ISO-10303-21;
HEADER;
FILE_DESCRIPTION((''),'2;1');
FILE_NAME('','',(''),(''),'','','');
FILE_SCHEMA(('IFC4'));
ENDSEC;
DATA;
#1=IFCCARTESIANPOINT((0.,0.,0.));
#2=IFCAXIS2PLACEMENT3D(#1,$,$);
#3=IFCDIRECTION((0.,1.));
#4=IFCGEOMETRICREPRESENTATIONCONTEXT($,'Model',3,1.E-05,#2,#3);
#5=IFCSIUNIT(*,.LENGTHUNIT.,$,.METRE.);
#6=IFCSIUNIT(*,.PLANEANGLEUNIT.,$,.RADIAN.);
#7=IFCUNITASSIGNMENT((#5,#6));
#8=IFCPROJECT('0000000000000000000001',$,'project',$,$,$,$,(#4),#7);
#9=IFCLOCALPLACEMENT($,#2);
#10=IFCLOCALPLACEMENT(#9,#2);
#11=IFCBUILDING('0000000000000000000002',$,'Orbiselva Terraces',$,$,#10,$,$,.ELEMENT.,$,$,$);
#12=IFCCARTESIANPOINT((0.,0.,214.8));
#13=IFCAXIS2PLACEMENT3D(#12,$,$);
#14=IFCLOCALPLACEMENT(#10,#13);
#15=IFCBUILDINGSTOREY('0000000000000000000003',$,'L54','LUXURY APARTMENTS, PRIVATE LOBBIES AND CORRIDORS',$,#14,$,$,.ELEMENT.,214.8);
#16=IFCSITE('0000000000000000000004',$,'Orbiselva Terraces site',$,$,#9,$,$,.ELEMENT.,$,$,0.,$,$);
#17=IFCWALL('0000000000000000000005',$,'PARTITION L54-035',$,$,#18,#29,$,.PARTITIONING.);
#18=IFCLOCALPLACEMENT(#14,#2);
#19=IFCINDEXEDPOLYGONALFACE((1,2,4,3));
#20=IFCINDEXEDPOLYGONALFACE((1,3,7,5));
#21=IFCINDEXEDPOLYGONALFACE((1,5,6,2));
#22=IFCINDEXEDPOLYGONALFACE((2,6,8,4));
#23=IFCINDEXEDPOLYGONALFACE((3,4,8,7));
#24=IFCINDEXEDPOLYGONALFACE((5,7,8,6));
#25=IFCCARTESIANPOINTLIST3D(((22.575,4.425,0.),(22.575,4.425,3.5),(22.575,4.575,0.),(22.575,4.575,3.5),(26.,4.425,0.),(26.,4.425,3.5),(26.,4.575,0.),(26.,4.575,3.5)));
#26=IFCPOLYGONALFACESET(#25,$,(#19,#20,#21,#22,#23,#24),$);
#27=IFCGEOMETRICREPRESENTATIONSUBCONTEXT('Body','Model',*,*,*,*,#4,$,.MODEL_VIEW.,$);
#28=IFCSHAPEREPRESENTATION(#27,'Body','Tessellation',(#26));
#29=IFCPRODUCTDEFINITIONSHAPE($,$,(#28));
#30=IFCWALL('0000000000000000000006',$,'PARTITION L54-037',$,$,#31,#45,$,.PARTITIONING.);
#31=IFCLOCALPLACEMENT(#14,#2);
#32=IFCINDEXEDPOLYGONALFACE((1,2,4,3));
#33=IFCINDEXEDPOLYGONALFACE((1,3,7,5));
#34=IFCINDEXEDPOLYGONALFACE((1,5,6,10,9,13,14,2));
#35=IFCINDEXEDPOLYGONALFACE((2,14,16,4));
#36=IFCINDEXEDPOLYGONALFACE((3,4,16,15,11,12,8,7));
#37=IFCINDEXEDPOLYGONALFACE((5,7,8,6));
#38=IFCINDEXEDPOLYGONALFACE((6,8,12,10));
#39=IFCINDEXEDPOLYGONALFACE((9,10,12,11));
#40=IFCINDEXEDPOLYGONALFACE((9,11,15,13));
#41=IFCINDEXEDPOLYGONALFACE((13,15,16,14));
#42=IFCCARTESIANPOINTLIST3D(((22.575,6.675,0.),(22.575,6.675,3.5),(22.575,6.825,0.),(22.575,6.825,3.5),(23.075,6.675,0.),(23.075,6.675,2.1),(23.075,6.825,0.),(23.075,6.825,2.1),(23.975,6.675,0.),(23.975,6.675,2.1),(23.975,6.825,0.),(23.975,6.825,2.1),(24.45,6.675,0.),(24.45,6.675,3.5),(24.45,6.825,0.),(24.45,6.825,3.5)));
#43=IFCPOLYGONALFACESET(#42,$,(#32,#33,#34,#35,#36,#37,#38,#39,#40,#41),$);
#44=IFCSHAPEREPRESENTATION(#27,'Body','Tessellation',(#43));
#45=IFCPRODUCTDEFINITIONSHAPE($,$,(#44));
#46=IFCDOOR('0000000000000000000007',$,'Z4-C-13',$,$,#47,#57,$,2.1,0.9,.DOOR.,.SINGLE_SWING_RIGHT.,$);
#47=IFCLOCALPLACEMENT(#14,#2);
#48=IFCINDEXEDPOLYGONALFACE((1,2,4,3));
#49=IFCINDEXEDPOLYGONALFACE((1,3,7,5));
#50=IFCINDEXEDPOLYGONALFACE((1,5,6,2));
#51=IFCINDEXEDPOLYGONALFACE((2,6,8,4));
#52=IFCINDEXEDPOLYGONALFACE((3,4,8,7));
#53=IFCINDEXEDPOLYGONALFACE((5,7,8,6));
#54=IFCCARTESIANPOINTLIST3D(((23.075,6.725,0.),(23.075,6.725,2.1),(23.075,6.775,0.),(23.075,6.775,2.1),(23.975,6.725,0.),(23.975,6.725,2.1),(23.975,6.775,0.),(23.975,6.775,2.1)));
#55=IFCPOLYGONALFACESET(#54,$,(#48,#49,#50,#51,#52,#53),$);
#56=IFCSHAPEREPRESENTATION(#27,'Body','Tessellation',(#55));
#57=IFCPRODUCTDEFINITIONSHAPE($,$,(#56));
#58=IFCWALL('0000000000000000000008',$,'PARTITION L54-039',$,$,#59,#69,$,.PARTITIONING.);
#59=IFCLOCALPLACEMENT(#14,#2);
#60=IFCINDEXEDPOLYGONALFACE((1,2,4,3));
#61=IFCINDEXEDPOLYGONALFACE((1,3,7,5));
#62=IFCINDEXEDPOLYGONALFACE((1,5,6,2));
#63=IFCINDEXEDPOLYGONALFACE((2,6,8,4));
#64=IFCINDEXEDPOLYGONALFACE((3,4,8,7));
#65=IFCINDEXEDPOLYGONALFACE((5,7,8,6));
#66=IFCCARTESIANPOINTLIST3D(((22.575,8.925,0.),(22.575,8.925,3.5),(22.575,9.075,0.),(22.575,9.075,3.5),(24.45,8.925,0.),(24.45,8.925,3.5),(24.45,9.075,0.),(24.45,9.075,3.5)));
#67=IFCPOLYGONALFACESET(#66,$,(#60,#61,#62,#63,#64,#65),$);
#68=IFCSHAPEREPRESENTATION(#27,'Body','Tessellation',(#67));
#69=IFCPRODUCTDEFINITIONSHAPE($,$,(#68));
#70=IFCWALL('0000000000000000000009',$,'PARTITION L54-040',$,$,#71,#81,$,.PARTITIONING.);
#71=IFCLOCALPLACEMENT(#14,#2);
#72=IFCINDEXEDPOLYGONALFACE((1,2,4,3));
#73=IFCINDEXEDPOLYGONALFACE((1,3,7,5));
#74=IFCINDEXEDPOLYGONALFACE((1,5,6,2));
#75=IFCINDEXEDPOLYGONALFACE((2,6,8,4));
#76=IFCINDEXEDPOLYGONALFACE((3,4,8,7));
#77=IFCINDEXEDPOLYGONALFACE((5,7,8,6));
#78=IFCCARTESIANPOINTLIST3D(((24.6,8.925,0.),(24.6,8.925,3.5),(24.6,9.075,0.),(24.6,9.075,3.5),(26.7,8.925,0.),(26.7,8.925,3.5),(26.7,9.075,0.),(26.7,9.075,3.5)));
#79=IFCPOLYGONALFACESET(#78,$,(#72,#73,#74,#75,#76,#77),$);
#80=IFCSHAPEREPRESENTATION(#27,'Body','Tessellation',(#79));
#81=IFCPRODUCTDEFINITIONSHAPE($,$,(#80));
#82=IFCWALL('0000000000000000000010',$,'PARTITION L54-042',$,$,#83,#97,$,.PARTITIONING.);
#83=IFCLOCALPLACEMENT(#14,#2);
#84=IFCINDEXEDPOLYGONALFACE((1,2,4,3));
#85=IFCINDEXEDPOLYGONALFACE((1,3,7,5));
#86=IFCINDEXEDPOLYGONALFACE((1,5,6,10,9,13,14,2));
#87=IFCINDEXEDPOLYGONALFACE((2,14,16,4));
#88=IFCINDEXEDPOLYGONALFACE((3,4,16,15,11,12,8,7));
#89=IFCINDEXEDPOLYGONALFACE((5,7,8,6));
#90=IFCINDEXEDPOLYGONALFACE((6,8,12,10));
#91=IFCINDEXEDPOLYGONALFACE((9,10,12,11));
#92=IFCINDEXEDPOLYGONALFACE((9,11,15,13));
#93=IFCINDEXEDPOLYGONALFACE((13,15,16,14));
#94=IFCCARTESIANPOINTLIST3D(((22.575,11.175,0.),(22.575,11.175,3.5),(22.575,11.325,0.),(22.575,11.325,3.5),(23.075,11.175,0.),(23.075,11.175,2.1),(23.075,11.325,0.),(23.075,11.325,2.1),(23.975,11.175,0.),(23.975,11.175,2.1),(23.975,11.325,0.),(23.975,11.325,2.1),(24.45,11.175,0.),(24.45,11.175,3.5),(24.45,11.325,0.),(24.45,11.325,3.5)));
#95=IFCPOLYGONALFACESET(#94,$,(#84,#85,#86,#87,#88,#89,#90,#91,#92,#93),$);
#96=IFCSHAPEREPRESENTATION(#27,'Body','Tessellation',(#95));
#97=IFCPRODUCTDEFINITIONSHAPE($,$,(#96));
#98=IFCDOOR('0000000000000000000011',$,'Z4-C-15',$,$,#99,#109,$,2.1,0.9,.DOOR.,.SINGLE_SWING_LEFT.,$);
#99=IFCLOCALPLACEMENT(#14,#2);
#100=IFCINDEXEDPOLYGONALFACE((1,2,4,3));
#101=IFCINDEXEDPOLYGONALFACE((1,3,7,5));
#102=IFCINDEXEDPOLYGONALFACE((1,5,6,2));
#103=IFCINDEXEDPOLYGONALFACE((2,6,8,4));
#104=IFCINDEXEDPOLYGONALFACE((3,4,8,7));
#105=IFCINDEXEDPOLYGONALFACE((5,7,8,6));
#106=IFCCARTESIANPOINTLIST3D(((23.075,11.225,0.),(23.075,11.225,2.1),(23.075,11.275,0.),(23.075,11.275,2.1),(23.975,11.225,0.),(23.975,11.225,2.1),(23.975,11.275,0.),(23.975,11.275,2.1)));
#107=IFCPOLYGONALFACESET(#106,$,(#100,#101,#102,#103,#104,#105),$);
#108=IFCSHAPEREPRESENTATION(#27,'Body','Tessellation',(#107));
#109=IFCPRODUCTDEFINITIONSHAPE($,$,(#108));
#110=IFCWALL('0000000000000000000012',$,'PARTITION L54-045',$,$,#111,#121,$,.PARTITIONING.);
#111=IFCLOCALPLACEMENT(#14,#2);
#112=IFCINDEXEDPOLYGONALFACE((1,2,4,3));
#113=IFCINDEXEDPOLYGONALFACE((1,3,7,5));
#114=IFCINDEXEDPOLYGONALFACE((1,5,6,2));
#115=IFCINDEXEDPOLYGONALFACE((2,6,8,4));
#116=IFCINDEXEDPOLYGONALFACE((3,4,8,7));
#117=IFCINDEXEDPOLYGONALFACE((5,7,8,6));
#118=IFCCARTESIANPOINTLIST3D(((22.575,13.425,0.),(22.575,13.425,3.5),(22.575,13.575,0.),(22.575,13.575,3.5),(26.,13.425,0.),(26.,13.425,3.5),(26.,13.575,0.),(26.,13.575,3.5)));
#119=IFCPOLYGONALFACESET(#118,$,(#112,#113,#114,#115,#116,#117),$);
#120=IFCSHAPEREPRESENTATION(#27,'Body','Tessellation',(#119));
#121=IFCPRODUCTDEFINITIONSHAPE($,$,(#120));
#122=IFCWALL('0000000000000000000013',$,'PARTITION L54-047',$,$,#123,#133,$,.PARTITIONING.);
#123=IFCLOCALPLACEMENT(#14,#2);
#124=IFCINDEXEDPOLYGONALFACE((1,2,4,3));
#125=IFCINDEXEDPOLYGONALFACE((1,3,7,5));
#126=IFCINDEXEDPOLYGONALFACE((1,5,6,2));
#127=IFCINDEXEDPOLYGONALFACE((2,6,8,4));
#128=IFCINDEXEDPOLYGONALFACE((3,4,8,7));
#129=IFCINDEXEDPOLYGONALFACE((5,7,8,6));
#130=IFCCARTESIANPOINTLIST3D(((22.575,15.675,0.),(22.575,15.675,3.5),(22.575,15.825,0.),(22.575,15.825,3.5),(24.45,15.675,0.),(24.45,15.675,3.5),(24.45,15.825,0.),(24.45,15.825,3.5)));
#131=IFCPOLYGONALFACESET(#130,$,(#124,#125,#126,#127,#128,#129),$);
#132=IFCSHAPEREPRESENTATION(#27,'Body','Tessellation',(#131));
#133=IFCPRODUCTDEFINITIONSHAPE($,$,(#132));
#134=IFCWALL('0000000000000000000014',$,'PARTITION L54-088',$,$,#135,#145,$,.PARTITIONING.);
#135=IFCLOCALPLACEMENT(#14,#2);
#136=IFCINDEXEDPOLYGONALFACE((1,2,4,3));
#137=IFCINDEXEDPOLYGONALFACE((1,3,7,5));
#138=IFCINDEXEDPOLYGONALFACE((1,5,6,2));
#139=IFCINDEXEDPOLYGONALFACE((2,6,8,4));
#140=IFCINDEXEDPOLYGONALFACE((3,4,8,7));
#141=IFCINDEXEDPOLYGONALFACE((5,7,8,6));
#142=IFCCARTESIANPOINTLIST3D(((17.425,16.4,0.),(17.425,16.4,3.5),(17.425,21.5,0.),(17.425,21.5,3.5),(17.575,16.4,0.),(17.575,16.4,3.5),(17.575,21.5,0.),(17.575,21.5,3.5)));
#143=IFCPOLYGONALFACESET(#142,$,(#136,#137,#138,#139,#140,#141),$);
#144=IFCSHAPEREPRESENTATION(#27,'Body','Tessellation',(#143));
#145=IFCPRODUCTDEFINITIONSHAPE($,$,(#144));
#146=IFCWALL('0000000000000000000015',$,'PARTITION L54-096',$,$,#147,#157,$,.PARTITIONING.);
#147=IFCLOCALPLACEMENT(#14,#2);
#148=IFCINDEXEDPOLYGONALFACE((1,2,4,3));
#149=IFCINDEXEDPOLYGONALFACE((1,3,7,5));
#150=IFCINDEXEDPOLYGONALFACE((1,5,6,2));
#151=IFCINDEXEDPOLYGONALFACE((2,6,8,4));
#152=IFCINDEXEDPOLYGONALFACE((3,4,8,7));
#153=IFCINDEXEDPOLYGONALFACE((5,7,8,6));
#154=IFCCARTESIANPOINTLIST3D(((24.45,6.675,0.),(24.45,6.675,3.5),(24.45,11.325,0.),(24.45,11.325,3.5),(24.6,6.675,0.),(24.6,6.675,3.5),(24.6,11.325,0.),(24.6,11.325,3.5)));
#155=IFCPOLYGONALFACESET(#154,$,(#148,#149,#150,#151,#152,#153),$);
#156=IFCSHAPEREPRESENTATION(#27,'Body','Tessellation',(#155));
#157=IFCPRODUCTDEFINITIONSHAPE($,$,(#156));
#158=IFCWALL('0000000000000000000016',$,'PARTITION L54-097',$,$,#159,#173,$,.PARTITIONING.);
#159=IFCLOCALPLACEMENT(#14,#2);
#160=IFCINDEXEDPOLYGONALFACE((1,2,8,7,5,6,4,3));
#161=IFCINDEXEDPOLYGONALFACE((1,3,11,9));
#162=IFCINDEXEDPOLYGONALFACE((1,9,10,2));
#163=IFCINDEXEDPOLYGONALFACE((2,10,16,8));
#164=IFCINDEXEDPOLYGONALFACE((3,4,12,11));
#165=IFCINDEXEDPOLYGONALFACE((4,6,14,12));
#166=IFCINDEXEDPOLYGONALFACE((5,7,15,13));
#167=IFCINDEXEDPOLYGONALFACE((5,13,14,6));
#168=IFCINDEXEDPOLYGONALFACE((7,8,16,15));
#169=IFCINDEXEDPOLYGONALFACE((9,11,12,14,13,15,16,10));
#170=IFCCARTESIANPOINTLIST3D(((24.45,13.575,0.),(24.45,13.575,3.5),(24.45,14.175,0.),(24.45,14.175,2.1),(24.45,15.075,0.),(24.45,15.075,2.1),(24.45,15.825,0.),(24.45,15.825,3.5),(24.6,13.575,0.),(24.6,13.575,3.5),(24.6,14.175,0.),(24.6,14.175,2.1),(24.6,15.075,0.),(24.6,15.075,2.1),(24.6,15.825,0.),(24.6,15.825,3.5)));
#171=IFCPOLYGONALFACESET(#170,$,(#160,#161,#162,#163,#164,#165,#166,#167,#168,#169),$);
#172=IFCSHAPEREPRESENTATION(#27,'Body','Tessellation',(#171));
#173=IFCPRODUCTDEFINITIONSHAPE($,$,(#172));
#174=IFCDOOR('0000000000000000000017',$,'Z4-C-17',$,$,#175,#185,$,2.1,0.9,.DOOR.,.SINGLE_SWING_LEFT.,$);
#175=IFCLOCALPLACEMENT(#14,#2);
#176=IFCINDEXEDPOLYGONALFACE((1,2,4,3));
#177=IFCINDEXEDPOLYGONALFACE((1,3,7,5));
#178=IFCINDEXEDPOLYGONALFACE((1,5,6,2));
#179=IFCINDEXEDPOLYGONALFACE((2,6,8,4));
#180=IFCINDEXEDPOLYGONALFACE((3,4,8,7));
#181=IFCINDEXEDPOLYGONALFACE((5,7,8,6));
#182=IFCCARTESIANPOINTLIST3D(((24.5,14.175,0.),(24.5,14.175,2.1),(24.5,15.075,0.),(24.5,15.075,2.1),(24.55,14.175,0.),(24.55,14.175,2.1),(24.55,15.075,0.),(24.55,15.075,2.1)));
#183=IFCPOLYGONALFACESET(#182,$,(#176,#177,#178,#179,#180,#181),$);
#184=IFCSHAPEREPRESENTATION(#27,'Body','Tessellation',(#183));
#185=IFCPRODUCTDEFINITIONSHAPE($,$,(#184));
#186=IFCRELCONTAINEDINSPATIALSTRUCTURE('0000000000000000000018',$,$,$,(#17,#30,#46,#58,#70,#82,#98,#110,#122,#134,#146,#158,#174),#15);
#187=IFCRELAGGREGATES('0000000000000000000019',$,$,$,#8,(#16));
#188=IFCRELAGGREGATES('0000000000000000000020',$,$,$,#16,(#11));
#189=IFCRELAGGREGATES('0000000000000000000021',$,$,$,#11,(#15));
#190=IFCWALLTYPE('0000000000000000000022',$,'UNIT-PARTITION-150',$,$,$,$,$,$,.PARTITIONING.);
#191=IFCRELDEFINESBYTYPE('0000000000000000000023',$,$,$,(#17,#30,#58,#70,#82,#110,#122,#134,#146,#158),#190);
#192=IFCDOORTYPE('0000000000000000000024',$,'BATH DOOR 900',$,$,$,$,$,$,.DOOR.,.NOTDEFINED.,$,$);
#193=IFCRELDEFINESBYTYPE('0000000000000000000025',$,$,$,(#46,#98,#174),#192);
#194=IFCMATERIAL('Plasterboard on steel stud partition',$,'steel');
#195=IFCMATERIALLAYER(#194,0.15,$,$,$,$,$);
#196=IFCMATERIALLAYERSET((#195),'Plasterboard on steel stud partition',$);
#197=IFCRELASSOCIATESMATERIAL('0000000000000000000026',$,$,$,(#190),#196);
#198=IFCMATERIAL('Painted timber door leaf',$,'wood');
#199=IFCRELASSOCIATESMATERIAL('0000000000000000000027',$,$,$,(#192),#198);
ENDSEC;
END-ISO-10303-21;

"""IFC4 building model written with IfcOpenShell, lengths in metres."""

from ifc_helpers import new_model, si_unit, direction, frame, frame_2d, origin, place, context, subcontext, project, spatial, rectangle, extrude, material, layer, layer_set, type_object, element, fill, save


model = new_model("IFC4")

# Units and contexts
model_context = context("Model", 3, precision=1e-05, world=origin(), true_north=direction((0.0, 1.0)))
body_context = subcontext(model_context, "Body", "Model", "MODEL_VIEW")
ifc_project = project(units=[si_unit("LENGTHUNIT", "METRE"), si_unit("PLANEANGLEUNIT", "RADIAN")], contexts=[model_context])

# Site, building, storey
site_placement = place(None, origin())
site = spatial("IfcSite", under=ifc_project, at=site_placement, Name="Orbiselva Terraces site", CompositionType="ELEMENT", RefElevation=0.0)
building_placement = place(site_placement, origin())
building = spatial("IfcBuilding", under=site, at=building_placement, Name="Orbiselva Terraces", CompositionType="ELEMENT")
storey_placement = place(building_placement, frame((0.0, 0.0, 214.8)))
storey = spatial("IfcBuildingStorey", under=building, at=storey_placement, Name="L54", Description="LUXURY APARTMENTS, PRIVATE LOBBIES AND CORRIDORS", CompositionType="ELEMENT", Elevation=214.8)

# Wall
ifc_material_1 = material(Name="Plasterboard on steel stud partition", Category="steel")
ifc_layer_1 = layer(ifc_material_1, 0.15)
ifc_layer_set_1 = layer_set([ifc_layer_1], Name="Plasterboard on steel stud partition")
wall_type_1 = type_object("IfcWallType", Name="UNIT-PARTITION-150", PredefinedType="PARTITIONING", material=ifc_layer_set_1)
wall_1_placement = place(storey_placement, frame((22.575, 4.5, 0.0), z_axis=(0.0, 0.0, 1.0), x_axis=(1.0, 0.0, 0.0)))
element("IfcWall", 1, at=wall_1_placement, inside=storey, type_object=wall_type_1, Name="PARTITION L54-035", PredefinedType="PARTITIONING", context=body_context, shape_type="SweptSolid", body=[
    extrude(rectangle(XDim=3.425, YDim=0.15, at=frame_2d((1.7125, 0.0))), origin(), (0.0, 0.0, 1.0), 3.5),
])

# Wall, opening, door
wall_2_placement = place(storey_placement, frame((22.575, 6.75, 0.0), z_axis=(0.0, 0.0, 1.0), x_axis=(1.0, 0.0, 0.0)))
wall_2 = element("IfcWall", 2, at=wall_2_placement, inside=storey, type_object=wall_type_1, Name="PARTITION L54-037", PredefinedType="PARTITIONING", context=body_context, shape_type="SweptSolid", body=[
    extrude(rectangle(XDim=1.875, YDim=0.15, at=frame_2d((0.9375, 0.0))), origin(), (0.0, 0.0, 1.0), 3.5),
])
opening_1_placement = place(wall_2_placement, frame((0.5, 0.0, 0.0)))
opening_1 = element("IfcOpeningElement", 3, at=opening_1_placement, cuts=wall_2, PredefinedType="OPENING", context=body_context, shape_type="SweptSolid", body=[
    extrude(rectangle(XDim=0.9, YDim=2.1, at=frame_2d((0.45, 1.05))), frame((0.0, 0.085, 0.0), z_axis=(0.0, -1.0, 0.0), x_axis=(1.0, 0.0, 0.0)), (0.0, 0.0, 1.0), 0.17),
])
ifc_material_2 = material(Name="Painted timber door leaf", Category="wood")
door_type_1 = type_object("IfcDoorType", Name="BATH DOOR 900", OperationType="NOTDEFINED", PredefinedType="DOOR", material=ifc_material_2)
door_1_placement = place(opening_1_placement, origin())
door_1 = element("IfcDoor", 4, at=door_1_placement, inside=storey, type_object=door_type_1, Name="Z4-C-13", OperationType="SINGLE_SWING_RIGHT", OverallHeight=2.1, OverallWidth=0.9, PredefinedType="DOOR", context=body_context, shape_type="SweptSolid", body=[
    extrude(rectangle(XDim=0.9, YDim=2.1, at=frame_2d((0.45, 1.05))), frame((0.0, 0.025, 0.0), z_axis=(0.0, -1.0, 0.0), x_axis=(1.0, 0.0, 0.0)), (0.0, 0.0, 1.0), 0.05),
])
fill(opening_1, door_1)

# Walls
wall_3_placement = place(storey_placement, frame((22.575, 9.0, 0.0), z_axis=(0.0, 0.0, 1.0), x_axis=(1.0, 0.0, 0.0)))
element("IfcWall", 5, at=wall_3_placement, inside=storey, type_object=wall_type_1, Name="PARTITION L54-039", PredefinedType="PARTITIONING", context=body_context, shape_type="SweptSolid", body=[
    extrude(rectangle(XDim=1.875, YDim=0.15, at=frame_2d((0.9375, 0.0))), origin(), (0.0, 0.0, 1.0), 3.5),
])
wall_4_placement = place(storey_placement, frame((24.6, 9.0, 0.0), z_axis=(0.0, 0.0, 1.0), x_axis=(1.0, 0.0, 0.0)))
element("IfcWall", 6, at=wall_4_placement, inside=storey, type_object=wall_type_1, Name="PARTITION L54-040", PredefinedType="PARTITIONING", context=body_context, shape_type="SweptSolid", body=[
    extrude(rectangle(XDim=2.1, YDim=0.15, at=frame_2d((1.05, 0.0))), origin(), (0.0, 0.0, 1.0), 3.5),
])

# Wall, opening, door
wall_5_placement = place(storey_placement, frame((24.45, 11.25, 0.0), z_axis=(0.0, 0.0, 1.0), x_axis=(-1.0, 0.0, 0.0)))
wall_5 = element("IfcWall", 7, at=wall_5_placement, inside=storey, type_object=wall_type_1, Name="PARTITION L54-042", PredefinedType="PARTITIONING", context=body_context, shape_type="SweptSolid", body=[
    extrude(rectangle(XDim=1.875, YDim=0.15, at=frame_2d((0.9375, 0.0))), origin(), (0.0, 0.0, 1.0), 3.5),
])
opening_2_placement = place(wall_5_placement, frame((0.475, 0.0, 0.0)))
opening_2 = element("IfcOpeningElement", 8, at=opening_2_placement, cuts=wall_5, PredefinedType="OPENING", context=body_context, shape_type="SweptSolid", body=[
    extrude(rectangle(XDim=0.9, YDim=2.1, at=frame_2d((0.45, 1.05))), frame((0.0, 0.085, 0.0), z_axis=(0.0, -1.0, 0.0), x_axis=(1.0, 0.0, 0.0)), (0.0, 0.0, 1.0), 0.17),
])
door_2_placement = place(opening_2_placement, origin())
door_2 = element("IfcDoor", 9, at=door_2_placement, inside=storey, type_object=door_type_1, Name="Z4-C-15", OperationType="SINGLE_SWING_LEFT", OverallHeight=2.1, OverallWidth=0.9, PredefinedType="DOOR", context=body_context, shape_type="SweptSolid", body=[
    extrude(rectangle(XDim=0.9, YDim=2.1, at=frame_2d((0.45, 1.05))), frame((0.0, 0.025, 0.0), z_axis=(0.0, -1.0, 0.0), x_axis=(1.0, 0.0, 0.0)), (0.0, 0.0, 1.0), 0.05),
])
fill(opening_2, door_2)

# Walls
wall_6_placement = place(storey_placement, frame((22.575, 13.5, 0.0), z_axis=(0.0, 0.0, 1.0), x_axis=(1.0, 0.0, 0.0)))
element("IfcWall", 10, at=wall_6_placement, inside=storey, type_object=wall_type_1, Name="PARTITION L54-045", PredefinedType="PARTITIONING", context=body_context, shape_type="SweptSolid", body=[
    extrude(rectangle(XDim=3.425, YDim=0.15, at=frame_2d((1.7125, 0.0))), origin(), (0.0, 0.0, 1.0), 3.5),
])
wall_7_placement = place(storey_placement, frame((22.575, 15.75, 0.0), z_axis=(0.0, 0.0, 1.0), x_axis=(1.0, 0.0, 0.0)))
element("IfcWall", 11, at=wall_7_placement, inside=storey, type_object=wall_type_1, Name="PARTITION L54-047", PredefinedType="PARTITIONING", context=body_context, shape_type="SweptSolid", body=[
    extrude(rectangle(XDim=1.875, YDim=0.15, at=frame_2d((0.9375, 0.0))), origin(), (0.0, 0.0, 1.0), 3.5),
])
wall_8_placement = place(storey_placement, frame((17.5, 16.4, 0.0), z_axis=(0.0, 0.0, 1.0), x_axis=(0.0, 1.0, 0.0)))
element("IfcWall", 12, at=wall_8_placement, inside=storey, type_object=wall_type_1, Name="PARTITION L54-088", PredefinedType="PARTITIONING", context=body_context, shape_type="SweptSolid", body=[
    extrude(rectangle(XDim=5.1, YDim=0.15, at=frame_2d((2.55, 0.0))), origin(), (0.0, 0.0, 1.0), 3.5),
])
wall_9_placement = place(storey_placement, frame((24.525, 6.675, 0.0), z_axis=(0.0, 0.0, 1.0), x_axis=(0.0, 1.0, 0.0)))
element("IfcWall", 13, at=wall_9_placement, inside=storey, type_object=wall_type_1, Name="PARTITION L54-096", PredefinedType="PARTITIONING", context=body_context, shape_type="SweptSolid", body=[
    extrude(rectangle(XDim=4.65, YDim=0.15, at=frame_2d((2.325, 0.0))), origin(), (0.0, 0.0, 1.0), 3.5),
])

# Wall, opening, door
wall_10_placement = place(storey_placement, frame((24.525, 13.575, 0.0), z_axis=(0.0, 0.0, 1.0), x_axis=(0.0, 1.0, 0.0)))
wall_10 = element("IfcWall", 14, at=wall_10_placement, inside=storey, type_object=wall_type_1, Name="PARTITION L54-097", PredefinedType="PARTITIONING", context=body_context, shape_type="SweptSolid", body=[
    extrude(rectangle(XDim=2.25, YDim=0.15, at=frame_2d((1.125, 0.0))), origin(), (0.0, 0.0, 1.0), 3.5),
])
opening_3_placement = place(wall_10_placement, frame((0.6, 0.0, 0.0)))
opening_3 = element("IfcOpeningElement", 15, at=opening_3_placement, cuts=wall_10, PredefinedType="OPENING", context=body_context, shape_type="SweptSolid", body=[
    extrude(rectangle(XDim=0.9, YDim=2.1, at=frame_2d((0.45, 1.05))), frame((0.0, 0.085, 0.0), z_axis=(0.0, -1.0, 0.0), x_axis=(1.0, 0.0, 0.0)), (0.0, 0.0, 1.0), 0.17),
])
door_3_placement = place(opening_3_placement, origin())
door_3 = element("IfcDoor", 16, at=door_3_placement, inside=storey, type_object=door_type_1, Name="Z4-C-17", OperationType="SINGLE_SWING_LEFT", OverallHeight=2.1, OverallWidth=0.9, PredefinedType="DOOR", context=body_context, shape_type="SweptSolid", body=[
    extrude(rectangle(XDim=0.9, YDim=2.1, at=frame_2d((0.45, 1.05))), frame((0.0, 0.025, 0.0), z_axis=(0.0, -1.0, 0.0), x_axis=(1.0, 0.0, 0.0)), (0.0, 0.0, 1.0), 0.05),
])
fill(opening_3, door_3)

save(model, "model.ifc")
